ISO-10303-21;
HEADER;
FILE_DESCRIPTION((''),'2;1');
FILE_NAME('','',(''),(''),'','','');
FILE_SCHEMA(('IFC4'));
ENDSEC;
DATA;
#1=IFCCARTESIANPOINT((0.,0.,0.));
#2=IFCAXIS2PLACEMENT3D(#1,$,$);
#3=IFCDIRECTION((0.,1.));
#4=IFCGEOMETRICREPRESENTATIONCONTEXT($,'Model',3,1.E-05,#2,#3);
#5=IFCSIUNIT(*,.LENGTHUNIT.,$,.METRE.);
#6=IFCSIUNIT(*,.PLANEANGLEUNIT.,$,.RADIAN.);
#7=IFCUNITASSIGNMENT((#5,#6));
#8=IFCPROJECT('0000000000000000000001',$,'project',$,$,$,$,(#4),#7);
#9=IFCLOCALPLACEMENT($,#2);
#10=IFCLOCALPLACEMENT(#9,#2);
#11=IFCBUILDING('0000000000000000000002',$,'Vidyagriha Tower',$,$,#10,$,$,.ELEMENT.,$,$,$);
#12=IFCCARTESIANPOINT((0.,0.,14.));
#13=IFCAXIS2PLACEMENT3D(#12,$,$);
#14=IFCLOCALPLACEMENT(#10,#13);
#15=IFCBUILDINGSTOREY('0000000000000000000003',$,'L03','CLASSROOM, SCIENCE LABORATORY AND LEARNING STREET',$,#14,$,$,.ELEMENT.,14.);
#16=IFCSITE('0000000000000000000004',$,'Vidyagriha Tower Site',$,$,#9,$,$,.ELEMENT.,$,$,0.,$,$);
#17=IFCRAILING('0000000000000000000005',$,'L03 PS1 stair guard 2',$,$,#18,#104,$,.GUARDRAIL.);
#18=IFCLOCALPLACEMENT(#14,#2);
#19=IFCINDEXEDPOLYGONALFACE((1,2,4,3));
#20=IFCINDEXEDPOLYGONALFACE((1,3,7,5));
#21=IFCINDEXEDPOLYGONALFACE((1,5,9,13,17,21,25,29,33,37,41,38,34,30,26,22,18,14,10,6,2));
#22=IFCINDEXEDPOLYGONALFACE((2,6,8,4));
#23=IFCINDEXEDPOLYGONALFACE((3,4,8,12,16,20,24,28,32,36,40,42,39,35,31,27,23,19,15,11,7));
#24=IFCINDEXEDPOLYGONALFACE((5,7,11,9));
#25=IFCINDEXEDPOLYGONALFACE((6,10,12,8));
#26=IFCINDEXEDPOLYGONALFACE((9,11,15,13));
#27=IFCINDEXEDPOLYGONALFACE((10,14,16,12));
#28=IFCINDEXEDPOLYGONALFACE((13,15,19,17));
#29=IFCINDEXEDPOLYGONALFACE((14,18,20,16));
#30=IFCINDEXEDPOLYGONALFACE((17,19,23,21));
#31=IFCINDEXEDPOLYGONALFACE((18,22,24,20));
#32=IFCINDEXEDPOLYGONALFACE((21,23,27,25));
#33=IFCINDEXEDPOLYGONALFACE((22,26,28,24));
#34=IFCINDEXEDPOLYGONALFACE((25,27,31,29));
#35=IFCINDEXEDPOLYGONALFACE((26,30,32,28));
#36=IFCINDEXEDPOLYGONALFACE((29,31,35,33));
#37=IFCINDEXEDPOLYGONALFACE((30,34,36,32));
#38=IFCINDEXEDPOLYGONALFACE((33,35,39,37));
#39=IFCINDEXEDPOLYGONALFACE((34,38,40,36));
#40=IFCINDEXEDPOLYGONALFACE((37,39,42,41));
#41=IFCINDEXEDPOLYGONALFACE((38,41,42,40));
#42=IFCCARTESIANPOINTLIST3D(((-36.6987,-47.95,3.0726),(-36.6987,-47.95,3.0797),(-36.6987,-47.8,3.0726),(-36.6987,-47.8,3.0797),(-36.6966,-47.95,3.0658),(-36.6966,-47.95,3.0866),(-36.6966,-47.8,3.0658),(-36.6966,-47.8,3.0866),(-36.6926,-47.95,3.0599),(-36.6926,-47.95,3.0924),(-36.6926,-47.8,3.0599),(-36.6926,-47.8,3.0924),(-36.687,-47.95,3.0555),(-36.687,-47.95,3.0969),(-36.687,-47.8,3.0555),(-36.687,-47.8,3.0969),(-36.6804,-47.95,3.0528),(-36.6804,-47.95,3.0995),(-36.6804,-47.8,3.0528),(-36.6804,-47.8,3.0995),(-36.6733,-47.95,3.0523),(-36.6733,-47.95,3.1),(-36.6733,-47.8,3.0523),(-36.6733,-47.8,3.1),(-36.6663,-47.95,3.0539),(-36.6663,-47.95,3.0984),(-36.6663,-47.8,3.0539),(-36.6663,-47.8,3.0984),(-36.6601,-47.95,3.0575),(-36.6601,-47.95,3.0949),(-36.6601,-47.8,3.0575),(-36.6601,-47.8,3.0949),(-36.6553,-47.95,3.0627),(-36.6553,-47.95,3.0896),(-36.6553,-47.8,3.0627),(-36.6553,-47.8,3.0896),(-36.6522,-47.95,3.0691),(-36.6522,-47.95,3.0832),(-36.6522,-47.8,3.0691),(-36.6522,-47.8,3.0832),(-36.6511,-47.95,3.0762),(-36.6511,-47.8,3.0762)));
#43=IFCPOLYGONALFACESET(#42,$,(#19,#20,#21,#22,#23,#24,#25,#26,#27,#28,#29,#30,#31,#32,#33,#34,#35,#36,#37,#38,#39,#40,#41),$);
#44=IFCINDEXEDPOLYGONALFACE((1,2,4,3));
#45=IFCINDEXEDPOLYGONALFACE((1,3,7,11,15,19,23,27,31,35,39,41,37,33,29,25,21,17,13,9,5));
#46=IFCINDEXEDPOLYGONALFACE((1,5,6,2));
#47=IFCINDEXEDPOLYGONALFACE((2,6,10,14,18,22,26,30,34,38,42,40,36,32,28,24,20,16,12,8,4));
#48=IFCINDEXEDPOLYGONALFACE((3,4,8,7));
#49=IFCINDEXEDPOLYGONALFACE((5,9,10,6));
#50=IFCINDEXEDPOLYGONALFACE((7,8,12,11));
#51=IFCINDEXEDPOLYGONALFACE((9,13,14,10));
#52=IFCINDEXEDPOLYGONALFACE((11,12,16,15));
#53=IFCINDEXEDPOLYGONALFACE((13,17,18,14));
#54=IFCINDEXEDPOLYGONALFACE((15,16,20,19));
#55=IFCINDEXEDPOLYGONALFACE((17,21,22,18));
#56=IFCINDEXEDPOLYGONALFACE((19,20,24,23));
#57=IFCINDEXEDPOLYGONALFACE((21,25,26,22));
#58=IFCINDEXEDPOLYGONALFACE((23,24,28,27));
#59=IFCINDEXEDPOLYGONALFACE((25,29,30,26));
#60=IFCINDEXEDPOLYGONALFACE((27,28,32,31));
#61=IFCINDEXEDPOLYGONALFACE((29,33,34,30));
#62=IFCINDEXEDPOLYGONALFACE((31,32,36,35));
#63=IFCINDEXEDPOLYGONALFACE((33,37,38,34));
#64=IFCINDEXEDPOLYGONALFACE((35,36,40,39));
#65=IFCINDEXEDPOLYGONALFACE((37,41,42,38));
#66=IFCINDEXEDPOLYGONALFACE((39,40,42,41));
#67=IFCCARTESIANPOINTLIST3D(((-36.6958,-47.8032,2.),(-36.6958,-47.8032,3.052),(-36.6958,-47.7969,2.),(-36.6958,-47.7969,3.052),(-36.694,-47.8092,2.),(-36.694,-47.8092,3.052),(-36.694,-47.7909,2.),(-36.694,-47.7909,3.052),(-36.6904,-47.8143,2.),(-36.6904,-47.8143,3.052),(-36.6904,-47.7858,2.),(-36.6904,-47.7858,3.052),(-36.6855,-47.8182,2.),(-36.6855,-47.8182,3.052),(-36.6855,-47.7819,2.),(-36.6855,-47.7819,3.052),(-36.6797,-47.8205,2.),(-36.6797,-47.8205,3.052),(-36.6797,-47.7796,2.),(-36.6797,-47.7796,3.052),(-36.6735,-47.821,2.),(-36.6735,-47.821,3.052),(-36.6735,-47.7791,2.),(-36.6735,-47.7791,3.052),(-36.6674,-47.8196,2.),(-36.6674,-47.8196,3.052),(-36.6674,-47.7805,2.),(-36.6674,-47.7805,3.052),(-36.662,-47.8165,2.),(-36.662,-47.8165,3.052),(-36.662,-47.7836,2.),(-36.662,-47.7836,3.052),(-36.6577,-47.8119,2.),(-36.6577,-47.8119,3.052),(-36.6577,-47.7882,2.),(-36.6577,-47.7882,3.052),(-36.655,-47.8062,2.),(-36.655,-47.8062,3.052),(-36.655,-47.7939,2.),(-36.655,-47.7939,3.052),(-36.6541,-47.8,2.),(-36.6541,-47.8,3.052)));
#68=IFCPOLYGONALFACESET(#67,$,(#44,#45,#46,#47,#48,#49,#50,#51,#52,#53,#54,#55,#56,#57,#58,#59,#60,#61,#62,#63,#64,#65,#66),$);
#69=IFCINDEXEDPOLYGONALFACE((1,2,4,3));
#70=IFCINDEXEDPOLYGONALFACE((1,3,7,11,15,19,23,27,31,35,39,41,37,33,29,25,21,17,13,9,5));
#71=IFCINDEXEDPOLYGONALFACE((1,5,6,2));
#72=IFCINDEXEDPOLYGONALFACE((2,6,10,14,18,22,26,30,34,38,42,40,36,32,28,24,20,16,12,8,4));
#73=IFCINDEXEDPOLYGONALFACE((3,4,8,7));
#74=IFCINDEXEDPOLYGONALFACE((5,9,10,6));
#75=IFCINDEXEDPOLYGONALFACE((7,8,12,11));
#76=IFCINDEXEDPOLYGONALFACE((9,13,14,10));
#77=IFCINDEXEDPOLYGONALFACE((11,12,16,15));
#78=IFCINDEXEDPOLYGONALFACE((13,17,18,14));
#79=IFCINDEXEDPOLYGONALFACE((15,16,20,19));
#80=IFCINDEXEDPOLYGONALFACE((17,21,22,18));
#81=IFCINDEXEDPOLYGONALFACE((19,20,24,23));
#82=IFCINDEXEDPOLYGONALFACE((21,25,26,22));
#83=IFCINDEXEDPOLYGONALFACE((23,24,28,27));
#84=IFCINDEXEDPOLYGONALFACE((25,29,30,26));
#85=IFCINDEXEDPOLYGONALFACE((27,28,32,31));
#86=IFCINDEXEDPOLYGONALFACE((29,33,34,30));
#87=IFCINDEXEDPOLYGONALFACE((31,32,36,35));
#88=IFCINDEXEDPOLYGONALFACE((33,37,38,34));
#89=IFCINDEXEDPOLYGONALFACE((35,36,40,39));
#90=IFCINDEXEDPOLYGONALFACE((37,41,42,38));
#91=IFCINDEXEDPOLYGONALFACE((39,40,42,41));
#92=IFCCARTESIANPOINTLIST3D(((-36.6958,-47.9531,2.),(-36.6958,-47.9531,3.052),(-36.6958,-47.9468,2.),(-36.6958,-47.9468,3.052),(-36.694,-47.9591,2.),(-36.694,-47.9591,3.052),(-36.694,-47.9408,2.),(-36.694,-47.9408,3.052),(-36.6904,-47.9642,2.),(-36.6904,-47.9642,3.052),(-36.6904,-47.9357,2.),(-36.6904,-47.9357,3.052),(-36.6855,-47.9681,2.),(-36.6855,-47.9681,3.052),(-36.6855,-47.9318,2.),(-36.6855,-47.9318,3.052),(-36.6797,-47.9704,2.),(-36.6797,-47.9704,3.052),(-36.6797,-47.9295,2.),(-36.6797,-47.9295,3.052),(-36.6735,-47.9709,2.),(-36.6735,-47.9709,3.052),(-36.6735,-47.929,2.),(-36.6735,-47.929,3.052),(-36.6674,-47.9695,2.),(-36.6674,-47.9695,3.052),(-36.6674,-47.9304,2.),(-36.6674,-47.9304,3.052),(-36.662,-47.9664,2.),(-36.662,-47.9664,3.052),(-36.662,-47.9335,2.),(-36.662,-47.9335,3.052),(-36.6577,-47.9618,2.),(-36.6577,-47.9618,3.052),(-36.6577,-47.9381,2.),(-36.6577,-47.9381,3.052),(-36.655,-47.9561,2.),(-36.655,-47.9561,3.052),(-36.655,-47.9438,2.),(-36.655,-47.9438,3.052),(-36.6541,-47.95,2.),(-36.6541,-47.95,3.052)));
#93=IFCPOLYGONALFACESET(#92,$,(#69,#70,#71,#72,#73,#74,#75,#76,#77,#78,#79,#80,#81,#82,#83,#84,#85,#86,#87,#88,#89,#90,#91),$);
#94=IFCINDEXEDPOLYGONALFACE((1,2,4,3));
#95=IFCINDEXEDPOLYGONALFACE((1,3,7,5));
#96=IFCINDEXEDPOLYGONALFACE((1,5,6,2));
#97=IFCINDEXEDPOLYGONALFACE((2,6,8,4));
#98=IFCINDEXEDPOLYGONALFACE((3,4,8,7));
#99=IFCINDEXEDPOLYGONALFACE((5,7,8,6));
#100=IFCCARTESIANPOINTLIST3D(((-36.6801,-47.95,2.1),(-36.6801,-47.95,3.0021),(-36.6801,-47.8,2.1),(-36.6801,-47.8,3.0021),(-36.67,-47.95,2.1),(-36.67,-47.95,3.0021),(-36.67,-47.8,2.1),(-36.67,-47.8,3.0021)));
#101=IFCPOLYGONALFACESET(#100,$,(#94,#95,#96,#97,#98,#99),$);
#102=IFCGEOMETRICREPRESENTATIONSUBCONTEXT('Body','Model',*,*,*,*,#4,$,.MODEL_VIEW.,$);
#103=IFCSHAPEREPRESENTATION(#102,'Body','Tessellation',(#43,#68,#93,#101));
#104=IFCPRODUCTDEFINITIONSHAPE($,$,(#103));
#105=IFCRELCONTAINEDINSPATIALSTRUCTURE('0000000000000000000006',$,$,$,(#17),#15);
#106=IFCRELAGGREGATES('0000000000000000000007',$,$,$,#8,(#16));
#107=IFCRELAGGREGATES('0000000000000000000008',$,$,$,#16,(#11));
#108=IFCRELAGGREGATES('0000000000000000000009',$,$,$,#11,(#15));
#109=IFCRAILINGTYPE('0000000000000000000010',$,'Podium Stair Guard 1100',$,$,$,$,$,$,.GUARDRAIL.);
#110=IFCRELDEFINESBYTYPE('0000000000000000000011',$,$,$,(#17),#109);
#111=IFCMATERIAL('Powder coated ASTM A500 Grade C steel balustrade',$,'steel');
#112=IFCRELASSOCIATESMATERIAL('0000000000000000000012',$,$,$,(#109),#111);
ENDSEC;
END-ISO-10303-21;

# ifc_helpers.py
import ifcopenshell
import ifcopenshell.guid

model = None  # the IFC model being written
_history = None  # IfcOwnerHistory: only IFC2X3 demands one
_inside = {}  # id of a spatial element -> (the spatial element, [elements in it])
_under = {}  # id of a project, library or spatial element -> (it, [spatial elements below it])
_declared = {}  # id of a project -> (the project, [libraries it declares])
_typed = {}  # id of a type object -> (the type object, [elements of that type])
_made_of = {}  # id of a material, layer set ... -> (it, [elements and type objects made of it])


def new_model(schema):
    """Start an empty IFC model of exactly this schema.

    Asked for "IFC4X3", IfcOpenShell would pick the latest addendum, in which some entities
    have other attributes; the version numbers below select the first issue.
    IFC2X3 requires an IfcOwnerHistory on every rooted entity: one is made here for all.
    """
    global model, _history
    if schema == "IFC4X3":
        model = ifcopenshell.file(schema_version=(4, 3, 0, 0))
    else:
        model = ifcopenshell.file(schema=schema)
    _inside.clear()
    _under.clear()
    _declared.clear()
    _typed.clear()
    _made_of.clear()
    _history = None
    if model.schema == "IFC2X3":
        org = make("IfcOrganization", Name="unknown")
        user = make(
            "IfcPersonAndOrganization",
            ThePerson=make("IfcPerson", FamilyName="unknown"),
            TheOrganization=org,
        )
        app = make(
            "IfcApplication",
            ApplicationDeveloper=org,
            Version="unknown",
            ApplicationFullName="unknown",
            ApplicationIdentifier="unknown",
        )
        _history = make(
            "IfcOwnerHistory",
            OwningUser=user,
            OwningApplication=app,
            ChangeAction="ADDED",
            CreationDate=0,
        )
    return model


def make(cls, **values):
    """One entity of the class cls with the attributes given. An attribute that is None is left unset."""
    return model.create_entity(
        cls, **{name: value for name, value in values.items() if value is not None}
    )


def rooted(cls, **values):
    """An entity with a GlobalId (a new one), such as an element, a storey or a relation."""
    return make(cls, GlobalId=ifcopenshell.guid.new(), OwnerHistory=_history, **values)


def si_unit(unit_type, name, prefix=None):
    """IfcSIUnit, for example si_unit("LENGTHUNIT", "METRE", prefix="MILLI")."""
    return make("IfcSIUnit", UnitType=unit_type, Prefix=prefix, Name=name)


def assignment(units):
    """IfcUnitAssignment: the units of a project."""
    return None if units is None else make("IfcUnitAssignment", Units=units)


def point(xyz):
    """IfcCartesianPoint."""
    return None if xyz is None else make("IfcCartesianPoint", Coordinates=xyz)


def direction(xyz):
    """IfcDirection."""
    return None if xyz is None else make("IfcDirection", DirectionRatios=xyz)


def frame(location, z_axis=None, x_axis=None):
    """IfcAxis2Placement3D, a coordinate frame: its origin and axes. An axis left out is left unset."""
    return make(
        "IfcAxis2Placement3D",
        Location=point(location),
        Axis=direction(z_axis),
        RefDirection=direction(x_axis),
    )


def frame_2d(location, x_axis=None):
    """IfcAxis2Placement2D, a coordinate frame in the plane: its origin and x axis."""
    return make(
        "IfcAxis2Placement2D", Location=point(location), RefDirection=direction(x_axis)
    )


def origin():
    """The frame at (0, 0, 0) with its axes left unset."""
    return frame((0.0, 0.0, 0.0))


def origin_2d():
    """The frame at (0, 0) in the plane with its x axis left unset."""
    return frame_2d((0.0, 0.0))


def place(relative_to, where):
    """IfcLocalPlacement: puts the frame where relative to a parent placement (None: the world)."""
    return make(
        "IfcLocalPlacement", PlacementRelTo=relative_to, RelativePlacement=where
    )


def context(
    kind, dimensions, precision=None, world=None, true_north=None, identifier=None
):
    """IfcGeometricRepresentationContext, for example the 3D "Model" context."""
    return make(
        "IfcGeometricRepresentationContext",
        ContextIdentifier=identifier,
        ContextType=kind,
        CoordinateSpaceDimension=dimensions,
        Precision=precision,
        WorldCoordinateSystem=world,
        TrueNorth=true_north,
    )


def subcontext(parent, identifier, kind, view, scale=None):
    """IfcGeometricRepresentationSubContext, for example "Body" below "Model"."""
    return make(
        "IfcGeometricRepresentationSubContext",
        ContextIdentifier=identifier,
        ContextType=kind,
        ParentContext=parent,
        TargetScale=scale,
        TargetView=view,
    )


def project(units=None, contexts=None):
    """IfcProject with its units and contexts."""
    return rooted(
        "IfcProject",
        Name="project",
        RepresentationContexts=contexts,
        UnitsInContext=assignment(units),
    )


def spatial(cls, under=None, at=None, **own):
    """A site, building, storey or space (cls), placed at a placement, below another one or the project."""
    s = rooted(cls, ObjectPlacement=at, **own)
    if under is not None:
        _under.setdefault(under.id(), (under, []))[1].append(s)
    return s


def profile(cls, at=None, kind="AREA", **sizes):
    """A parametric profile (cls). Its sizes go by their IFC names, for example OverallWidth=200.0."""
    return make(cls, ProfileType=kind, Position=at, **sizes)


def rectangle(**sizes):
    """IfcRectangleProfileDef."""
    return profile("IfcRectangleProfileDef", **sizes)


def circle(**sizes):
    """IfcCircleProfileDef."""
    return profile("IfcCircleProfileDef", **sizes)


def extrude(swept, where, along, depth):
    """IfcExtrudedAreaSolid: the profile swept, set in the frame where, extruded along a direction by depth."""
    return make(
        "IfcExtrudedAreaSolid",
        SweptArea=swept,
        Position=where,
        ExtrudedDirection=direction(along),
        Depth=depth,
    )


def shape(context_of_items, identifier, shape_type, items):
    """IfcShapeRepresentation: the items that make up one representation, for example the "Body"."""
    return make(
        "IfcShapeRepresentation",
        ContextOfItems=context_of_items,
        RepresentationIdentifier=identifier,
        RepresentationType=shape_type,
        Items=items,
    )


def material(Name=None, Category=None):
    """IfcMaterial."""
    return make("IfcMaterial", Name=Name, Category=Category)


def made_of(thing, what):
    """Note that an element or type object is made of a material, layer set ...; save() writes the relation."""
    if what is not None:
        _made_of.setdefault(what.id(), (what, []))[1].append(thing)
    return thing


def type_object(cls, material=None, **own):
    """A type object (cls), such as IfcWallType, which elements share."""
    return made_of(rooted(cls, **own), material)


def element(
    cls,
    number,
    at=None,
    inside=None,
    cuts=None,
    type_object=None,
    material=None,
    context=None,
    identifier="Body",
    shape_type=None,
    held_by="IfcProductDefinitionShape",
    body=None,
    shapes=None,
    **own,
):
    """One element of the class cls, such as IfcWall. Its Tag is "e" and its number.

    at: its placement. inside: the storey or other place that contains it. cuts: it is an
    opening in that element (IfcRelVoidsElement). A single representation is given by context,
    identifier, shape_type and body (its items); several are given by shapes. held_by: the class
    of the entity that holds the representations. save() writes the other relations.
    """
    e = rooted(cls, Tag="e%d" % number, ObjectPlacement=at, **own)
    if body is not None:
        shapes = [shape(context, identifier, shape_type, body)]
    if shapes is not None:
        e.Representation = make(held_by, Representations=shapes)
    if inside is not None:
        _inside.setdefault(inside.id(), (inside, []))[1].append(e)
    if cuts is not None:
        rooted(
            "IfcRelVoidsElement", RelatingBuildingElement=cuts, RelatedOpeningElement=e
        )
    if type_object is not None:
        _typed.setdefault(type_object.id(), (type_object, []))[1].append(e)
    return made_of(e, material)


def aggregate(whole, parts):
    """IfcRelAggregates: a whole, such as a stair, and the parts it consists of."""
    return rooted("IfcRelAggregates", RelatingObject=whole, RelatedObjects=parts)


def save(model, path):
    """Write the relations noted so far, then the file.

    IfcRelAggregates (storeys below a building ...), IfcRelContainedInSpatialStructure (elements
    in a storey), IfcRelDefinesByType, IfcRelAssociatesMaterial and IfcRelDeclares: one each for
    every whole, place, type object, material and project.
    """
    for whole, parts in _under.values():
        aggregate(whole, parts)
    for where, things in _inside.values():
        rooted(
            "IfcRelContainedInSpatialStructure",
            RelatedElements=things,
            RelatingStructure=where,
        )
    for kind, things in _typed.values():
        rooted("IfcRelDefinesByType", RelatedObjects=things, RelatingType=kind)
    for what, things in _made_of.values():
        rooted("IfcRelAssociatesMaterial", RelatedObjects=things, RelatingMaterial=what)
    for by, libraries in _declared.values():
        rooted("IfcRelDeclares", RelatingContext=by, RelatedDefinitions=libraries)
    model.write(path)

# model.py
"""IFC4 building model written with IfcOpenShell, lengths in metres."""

from ifc_helpers import new_model, si_unit, direction, frame, origin, origin_2d, place, context, subcontext, project, spatial, rectangle, circle, extrude, material, type_object, element, save


model = new_model("IFC4")

# Units and contexts
model_context = context("Model", 3, precision=1e-05, world=origin(), true_north=direction((0.0, 1.0)))
body_context = subcontext(model_context, "Body", "Model", "MODEL_VIEW")
ifc_project = project(units=[si_unit("LENGTHUNIT", "METRE"), si_unit("PLANEANGLEUNIT", "RADIAN")], contexts=[model_context])

# Site, building, storey
site_placement = place(None, origin())
site = spatial("IfcSite", under=ifc_project, at=site_placement, Name="Vidyagriha Tower Site", CompositionType="ELEMENT", RefElevation=0.0)
building_placement = place(site_placement, origin())
building = spatial("IfcBuilding", under=site, at=building_placement, Name="Vidyagriha Tower", CompositionType="ELEMENT")
storey_placement = place(building_placement, frame((0.0, 0.0, 14.0)))
storey = spatial("IfcBuildingStorey", under=building, at=storey_placement, Name="L03", Description="CLASSROOM, SCIENCE LABORATORY AND LEARNING STREET", CompositionType="ELEMENT", Elevation=14.0)

# Railing
ifc_material_1 = material(Name="Powder coated ASTM A500 Grade C steel balustrade", Category="steel")
railing_type_1 = type_object("IfcRailingType", Name="Podium Stair Guard 1100", PredefinedType="GUARDRAIL", material=ifc_material_1)
railing_1_placement = place(storey_placement, frame((-36.675, -47.8, 2.0)))
element("IfcRailing", 1, at=railing_1_placement, inside=storey, type_object=railing_type_1, Name="L03 PS1 stair guard 2", PredefinedType="GUARDRAIL", context=body_context, shape_type="SweptSolid", body=[
    extrude(circle(Radius=0.0239, at=origin_2d()), frame((0.0, 0.0, 1.0762), z_axis=(0.0, -1.0, 0.0), x_axis=(1.0, 0.0, 0.0)), (0.0, 0.0, 1.0), 0.1499),
    extrude(circle(Radius=0.021, at=origin_2d()), origin(), (0.0, 0.0, 1.0), 1.052),
    extrude(circle(Radius=0.021, at=origin_2d()), frame((0.0, -0.1499, 0.0)), (0.0, 0.0, 1.0), 1.052),
    extrude(rectangle(XDim=0.01, YDim=0.9021, at=origin_2d()), frame((0.0, 0.0, 0.551), z_axis=(0.0, -1.0, 0.0), x_axis=(1.0, 0.0, 0.0)), (0.0, 0.0, 1.0), 0.1499),
])

save(model, "model.ifc")
